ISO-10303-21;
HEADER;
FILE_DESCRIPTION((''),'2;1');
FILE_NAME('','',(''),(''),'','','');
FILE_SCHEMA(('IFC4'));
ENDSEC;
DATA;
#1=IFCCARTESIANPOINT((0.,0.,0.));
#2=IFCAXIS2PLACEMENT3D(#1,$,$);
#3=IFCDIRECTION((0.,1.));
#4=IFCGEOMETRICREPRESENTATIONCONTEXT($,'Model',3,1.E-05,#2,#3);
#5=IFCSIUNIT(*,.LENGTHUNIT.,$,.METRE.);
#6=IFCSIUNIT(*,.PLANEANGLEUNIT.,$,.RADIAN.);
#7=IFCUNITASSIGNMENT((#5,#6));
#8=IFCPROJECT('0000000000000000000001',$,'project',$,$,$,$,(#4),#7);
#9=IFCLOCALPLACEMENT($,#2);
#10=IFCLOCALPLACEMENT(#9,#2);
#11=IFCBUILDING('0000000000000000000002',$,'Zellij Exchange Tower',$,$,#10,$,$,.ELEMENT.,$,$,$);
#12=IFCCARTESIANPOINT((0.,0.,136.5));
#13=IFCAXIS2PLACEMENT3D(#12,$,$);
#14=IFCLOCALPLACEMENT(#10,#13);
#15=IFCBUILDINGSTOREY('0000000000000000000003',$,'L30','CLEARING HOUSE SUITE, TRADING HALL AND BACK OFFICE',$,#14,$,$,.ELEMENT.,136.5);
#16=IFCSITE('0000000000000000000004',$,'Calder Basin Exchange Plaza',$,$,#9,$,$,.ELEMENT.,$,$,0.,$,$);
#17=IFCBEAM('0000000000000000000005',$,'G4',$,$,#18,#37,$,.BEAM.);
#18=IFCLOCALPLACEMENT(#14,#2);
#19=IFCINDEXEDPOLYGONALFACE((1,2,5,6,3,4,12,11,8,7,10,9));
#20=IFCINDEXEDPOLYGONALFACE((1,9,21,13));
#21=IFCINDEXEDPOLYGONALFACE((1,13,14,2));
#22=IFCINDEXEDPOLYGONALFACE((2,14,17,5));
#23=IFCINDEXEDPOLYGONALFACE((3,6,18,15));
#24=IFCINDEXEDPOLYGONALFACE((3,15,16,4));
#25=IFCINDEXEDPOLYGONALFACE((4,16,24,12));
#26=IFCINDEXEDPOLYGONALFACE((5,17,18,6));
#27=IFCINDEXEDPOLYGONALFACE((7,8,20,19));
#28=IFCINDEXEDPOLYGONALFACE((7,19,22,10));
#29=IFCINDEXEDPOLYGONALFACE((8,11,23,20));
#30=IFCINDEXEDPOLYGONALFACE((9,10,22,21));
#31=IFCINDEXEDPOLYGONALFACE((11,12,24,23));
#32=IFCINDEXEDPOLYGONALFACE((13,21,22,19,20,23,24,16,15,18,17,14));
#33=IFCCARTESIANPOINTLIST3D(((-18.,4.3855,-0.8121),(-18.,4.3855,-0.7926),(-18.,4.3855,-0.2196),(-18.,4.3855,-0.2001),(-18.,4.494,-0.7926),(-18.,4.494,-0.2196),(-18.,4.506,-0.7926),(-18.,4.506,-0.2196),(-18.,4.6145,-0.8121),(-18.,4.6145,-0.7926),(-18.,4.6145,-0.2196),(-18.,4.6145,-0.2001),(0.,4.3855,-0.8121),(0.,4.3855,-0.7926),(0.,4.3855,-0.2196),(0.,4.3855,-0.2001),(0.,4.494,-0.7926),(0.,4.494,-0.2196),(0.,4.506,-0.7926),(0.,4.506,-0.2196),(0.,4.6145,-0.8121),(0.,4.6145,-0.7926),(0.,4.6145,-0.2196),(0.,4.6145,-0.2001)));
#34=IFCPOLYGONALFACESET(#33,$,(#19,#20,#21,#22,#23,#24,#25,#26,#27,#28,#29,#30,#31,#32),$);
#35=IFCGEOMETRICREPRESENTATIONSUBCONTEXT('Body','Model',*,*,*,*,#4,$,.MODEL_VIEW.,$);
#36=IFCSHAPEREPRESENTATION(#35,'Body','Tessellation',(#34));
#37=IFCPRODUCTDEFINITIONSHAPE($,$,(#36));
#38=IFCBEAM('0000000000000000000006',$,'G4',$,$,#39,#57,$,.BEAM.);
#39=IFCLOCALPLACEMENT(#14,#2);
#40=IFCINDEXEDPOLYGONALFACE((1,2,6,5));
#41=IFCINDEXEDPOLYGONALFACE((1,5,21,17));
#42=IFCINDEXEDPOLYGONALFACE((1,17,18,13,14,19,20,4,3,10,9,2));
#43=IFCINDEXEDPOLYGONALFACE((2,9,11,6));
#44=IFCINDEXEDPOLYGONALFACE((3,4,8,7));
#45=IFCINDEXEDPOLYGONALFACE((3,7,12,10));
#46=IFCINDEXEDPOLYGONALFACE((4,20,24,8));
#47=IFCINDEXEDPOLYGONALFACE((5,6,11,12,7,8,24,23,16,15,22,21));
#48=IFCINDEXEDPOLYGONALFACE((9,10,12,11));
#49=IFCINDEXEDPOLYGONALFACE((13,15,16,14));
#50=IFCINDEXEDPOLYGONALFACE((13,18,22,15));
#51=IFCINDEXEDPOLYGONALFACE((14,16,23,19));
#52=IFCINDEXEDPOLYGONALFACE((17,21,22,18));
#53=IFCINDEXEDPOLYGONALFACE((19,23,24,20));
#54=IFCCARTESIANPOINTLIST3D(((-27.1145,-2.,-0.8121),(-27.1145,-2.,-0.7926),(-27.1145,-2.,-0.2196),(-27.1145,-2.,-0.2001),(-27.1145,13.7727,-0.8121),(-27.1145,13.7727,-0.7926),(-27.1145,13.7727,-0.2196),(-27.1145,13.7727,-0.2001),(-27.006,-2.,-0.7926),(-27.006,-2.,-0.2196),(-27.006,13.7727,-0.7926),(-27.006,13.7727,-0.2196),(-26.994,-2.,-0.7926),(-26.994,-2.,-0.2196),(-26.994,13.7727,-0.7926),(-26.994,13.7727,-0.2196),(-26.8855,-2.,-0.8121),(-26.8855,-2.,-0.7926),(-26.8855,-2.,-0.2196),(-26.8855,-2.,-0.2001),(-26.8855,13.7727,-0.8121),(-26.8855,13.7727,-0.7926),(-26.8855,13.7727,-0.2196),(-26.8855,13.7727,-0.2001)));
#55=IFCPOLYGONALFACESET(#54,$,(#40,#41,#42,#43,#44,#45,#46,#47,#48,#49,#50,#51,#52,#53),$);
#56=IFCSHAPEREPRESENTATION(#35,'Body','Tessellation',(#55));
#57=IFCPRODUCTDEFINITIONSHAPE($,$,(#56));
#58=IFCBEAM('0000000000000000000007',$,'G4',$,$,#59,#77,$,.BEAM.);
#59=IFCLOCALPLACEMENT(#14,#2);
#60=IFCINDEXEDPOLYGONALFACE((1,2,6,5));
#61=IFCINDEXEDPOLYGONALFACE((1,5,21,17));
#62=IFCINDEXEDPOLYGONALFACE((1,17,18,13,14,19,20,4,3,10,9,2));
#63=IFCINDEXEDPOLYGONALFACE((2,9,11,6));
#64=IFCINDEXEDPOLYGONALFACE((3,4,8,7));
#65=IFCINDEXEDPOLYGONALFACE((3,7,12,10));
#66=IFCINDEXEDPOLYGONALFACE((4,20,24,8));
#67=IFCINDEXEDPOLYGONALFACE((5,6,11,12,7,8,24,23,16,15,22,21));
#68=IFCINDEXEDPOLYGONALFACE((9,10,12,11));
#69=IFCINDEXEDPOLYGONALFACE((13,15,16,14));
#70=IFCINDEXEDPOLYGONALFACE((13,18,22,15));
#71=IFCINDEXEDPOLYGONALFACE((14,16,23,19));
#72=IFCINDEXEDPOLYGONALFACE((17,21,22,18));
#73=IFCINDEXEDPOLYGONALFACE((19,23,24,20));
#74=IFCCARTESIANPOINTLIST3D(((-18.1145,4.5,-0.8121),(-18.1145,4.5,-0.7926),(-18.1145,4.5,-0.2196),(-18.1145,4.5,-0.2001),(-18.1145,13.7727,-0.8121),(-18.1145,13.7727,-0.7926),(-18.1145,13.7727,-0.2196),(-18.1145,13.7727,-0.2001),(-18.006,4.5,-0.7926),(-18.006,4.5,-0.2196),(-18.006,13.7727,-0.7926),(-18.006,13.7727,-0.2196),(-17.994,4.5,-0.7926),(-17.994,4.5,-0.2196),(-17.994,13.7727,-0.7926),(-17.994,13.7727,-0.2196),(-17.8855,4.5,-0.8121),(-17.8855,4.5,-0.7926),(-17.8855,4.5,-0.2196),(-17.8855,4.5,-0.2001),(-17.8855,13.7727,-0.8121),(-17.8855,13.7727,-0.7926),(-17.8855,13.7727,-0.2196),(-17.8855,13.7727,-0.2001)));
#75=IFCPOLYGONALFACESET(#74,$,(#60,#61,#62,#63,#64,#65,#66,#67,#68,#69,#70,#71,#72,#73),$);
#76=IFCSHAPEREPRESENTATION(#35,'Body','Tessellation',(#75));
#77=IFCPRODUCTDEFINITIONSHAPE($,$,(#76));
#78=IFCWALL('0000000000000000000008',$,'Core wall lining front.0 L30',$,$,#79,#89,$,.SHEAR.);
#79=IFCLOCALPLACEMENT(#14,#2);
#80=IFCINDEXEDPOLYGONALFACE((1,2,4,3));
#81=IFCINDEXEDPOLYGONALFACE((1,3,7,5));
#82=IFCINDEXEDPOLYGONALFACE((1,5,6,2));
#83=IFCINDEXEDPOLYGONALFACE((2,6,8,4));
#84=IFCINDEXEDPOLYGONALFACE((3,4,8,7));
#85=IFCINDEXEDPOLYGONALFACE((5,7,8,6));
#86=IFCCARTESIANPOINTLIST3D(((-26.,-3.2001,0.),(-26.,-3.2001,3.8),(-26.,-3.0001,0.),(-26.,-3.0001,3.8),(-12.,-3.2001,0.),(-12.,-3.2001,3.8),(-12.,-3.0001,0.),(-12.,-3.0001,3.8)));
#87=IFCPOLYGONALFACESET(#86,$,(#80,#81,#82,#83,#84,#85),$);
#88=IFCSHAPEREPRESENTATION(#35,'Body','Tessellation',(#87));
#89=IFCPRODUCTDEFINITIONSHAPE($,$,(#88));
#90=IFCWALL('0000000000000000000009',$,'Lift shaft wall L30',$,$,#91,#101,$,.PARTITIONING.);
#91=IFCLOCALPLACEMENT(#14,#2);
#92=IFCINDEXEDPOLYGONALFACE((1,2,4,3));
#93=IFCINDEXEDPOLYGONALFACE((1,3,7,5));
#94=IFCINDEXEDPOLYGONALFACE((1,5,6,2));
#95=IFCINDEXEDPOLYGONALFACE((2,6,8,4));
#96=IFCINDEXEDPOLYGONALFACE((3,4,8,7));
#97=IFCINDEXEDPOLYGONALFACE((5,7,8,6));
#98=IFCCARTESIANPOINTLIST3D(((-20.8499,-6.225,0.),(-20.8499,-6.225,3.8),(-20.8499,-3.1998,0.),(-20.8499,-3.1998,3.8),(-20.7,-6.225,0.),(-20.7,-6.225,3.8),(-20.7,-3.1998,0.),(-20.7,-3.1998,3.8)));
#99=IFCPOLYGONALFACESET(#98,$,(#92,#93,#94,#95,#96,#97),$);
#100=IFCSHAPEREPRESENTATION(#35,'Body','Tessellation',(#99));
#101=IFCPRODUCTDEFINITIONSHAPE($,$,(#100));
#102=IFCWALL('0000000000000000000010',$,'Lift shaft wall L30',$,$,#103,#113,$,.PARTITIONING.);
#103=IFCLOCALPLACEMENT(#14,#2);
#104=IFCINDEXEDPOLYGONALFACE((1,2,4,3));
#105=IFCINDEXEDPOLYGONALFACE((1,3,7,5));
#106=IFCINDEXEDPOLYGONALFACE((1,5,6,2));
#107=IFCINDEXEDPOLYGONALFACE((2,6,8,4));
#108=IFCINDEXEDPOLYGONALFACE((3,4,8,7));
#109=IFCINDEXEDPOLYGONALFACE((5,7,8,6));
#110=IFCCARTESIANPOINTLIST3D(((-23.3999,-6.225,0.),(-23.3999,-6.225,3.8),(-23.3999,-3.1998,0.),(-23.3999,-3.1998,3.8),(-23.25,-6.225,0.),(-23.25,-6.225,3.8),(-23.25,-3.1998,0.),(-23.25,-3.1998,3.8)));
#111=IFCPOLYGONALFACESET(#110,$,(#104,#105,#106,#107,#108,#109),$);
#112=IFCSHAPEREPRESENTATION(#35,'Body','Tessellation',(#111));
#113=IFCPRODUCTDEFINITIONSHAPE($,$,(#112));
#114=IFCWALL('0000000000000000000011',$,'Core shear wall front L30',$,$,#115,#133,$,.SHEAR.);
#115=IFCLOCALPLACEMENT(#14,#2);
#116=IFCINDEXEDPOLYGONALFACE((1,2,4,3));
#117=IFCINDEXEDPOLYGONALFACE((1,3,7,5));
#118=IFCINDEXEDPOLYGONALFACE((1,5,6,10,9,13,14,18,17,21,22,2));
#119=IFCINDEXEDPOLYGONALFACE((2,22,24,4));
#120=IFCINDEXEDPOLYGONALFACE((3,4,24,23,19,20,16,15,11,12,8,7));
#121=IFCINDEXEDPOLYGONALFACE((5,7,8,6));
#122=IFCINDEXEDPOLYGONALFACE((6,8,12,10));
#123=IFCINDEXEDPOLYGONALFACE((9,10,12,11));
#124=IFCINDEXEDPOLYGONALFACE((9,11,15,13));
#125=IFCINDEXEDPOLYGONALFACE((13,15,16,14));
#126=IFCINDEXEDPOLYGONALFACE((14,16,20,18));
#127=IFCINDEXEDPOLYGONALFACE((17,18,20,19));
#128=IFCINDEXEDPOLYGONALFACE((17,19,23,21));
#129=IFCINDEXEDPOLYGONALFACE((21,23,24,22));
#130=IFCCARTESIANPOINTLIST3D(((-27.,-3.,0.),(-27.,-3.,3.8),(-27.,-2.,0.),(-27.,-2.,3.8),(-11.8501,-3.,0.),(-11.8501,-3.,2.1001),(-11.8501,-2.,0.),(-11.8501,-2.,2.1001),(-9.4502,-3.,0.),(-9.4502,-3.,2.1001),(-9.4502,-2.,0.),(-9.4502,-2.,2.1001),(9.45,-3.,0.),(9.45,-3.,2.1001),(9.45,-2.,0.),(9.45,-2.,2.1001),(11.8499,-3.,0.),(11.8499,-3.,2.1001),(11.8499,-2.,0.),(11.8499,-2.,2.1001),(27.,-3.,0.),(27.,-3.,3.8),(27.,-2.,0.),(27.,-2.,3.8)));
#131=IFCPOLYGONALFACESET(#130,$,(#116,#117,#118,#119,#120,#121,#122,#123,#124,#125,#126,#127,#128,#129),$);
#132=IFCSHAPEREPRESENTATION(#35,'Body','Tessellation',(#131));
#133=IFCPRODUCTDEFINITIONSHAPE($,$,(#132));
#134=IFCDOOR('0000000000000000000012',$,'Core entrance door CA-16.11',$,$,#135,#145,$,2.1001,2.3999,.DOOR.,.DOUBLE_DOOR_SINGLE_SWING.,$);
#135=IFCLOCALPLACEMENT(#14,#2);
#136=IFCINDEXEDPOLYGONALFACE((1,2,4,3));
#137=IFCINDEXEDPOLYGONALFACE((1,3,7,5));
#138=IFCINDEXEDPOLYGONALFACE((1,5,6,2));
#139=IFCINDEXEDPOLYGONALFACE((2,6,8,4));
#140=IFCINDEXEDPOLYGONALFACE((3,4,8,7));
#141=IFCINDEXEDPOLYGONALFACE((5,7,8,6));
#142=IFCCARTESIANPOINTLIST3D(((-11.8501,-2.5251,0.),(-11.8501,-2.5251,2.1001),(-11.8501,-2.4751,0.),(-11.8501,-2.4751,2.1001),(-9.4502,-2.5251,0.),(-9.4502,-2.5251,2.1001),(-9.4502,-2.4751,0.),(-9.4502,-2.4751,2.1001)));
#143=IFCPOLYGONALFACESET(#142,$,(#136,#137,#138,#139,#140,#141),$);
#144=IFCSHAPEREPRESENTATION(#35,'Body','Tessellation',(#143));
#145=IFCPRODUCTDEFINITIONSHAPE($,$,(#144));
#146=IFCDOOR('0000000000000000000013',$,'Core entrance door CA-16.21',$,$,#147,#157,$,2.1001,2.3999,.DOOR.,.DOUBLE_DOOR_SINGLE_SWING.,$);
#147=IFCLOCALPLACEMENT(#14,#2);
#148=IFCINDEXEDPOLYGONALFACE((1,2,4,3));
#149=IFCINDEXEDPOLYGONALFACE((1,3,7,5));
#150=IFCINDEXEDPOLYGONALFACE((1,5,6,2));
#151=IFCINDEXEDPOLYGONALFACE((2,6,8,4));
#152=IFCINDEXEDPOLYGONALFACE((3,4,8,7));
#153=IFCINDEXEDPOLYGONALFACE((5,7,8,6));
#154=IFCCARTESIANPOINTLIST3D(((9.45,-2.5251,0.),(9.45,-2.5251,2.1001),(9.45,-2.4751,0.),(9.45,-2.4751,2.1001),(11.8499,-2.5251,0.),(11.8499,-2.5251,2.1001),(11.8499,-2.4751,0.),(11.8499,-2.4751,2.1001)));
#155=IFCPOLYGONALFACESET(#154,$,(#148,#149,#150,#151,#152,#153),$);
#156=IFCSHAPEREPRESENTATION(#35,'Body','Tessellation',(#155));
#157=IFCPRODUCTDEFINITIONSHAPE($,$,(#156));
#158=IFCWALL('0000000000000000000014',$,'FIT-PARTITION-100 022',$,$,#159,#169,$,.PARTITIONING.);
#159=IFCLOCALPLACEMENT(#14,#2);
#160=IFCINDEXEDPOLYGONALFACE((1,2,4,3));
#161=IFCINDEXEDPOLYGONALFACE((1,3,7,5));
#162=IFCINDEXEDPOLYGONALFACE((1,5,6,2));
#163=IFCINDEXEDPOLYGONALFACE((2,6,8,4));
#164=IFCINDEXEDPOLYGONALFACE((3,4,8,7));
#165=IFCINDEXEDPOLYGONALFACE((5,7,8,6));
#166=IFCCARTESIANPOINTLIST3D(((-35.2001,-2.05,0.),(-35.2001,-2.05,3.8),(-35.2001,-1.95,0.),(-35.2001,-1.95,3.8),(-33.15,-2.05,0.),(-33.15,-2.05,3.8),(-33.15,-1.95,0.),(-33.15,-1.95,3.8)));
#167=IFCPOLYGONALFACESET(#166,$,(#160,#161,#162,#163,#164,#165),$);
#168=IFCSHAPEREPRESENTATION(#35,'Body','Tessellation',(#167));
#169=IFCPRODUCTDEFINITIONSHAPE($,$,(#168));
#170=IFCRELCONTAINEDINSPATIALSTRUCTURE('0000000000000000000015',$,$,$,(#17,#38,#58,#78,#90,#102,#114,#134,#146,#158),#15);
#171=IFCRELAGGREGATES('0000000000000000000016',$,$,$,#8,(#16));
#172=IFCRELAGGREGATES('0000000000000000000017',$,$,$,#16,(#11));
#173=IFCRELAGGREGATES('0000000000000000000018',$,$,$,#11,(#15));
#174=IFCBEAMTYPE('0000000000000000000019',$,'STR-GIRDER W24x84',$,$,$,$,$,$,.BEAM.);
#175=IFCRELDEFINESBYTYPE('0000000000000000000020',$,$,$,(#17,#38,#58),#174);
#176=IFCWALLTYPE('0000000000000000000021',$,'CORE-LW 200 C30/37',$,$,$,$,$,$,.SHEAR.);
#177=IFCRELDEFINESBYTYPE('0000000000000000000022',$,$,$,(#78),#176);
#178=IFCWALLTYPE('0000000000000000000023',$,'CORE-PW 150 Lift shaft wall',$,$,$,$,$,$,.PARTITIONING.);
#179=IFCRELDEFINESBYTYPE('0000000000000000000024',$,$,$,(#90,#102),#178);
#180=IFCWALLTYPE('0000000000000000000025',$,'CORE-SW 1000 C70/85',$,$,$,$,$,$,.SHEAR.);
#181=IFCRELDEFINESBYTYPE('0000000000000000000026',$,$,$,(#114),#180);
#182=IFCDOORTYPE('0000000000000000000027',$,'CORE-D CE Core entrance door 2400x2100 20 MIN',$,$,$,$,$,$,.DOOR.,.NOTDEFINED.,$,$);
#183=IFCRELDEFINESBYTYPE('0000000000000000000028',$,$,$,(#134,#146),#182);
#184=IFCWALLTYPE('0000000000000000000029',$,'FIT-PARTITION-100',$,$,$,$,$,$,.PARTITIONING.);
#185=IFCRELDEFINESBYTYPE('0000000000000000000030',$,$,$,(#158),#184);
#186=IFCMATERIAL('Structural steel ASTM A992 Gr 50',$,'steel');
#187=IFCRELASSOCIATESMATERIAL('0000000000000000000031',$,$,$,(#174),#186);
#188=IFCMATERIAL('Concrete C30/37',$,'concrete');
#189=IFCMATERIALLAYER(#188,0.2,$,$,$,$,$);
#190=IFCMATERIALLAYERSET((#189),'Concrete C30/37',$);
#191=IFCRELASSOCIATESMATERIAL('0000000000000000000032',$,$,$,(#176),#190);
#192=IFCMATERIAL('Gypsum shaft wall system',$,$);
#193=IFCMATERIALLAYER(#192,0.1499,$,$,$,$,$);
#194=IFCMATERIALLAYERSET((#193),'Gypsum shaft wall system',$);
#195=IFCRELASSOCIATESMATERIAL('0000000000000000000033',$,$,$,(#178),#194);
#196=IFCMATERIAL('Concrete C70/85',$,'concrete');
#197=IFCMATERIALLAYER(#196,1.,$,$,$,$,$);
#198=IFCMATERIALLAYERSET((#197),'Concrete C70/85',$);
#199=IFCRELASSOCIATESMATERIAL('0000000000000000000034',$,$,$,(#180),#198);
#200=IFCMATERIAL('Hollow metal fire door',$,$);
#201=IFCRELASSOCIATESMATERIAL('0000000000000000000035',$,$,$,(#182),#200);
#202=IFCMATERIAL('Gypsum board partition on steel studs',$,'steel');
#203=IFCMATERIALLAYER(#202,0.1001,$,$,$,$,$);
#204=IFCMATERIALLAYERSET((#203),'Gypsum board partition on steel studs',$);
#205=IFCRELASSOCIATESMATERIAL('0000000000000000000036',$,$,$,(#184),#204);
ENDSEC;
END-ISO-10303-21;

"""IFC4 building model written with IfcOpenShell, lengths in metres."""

from ifc_helpers import new_model, si_unit, direction, frame, frame_2d, origin, origin_2d, place, context, subcontext, project, spatial, rectangle, i_section, extrude, material, layer, layer_set, material_profile, profile_set, type_object, element, fill, save


model = new_model("IFC4")

# Units and contexts
model_context = context("Model", 3, precision=1e-05, world=origin(), true_north=direction((0.0, 1.0)))
body_context = subcontext(model_context, "Body", "Model", "MODEL_VIEW")
ifc_project = project(units=[si_unit("LENGTHUNIT", "METRE"), si_unit("PLANEANGLEUNIT", "RADIAN")], contexts=[model_context])

# Site, building, storey
site_placement = place(None, origin())
site = spatial("IfcSite", under=ifc_project, at=site_placement, Name="Calder Basin Exchange Plaza", CompositionType="ELEMENT", RefElevation=0.0)
building_placement = place(site_placement, origin())
building = spatial("IfcBuilding", under=site, at=building_placement, Name="Zellij Exchange Tower", CompositionType="ELEMENT")
storey_placement = place(building_placement, frame((0.0, 0.0, 136.5)))
storey = spatial("IfcBuildingStorey", under=building, at=storey_placement, Name="L30", Description="CLEARING HOUSE SUITE, TRADING HALL AND BACK OFFICE", CompositionType="ELEMENT", Elevation=136.5)

# Shared definitions
ifc_material_1 = material(Name="Concrete C70/85", Category="concrete")

# Beams
ifc_material_2 = material(Name="Structural steel ASTM A992 Gr 50", Category="steel")
ifc_material_profile_1 = material_profile(ifc_material_2, i_section(OverallWidth=0.229, OverallDepth=0.6121, WebThickness=0.012, FlangeThickness=0.0195, at=origin_2d()), Name="W24x84")
ifc_profile_set_1 = profile_set([ifc_material_profile_1], Name="Structural steel ASTM A992 Gr 50")
beam_type_1 = type_object("IfcBeamType", Name="STR-GIRDER W24x84", PredefinedType="BEAM", material=ifc_profile_set_1)
beam_1_placement = place(storey_placement, frame((-18.0, 4.5, -0.5061), z_axis=(1.0, 0.0, 0.0), x_axis=(0.0, 1.0, 0.0)))
element("IfcBeam", 1, at=beam_1_placement, inside=storey, type_object=beam_type_1, Name="G4", PredefinedType="BEAM", context=body_context, shape_type="SweptSolid", body=[
    extrude(i_section(OverallWidth=0.229, OverallDepth=0.6121, WebThickness=0.012, FlangeThickness=0.0195, at=origin_2d()), origin(), (0.0, 0.0, 1.0), 18.0),
])
beam_2_placement = place(storey_placement, frame((-27.0, -2.0, -0.5061), z_axis=(0.0, 1.0, 0.0), x_axis=(-1.0, 0.0, 0.0)))
element("IfcBeam", 2, at=beam_2_placement, inside=storey, type_object=beam_type_1, Name="G4", PredefinedType="BEAM", context=body_context, shape_type="SweptSolid", body=[
    extrude(i_section(OverallWidth=0.229, OverallDepth=0.6121, WebThickness=0.012, FlangeThickness=0.0195, at=origin_2d()), origin(), (0.0, 0.0, 1.0), 15.7727),
])
beam_3_placement = place(storey_placement, frame((-18.0, 4.5, -0.5061), z_axis=(0.0, 1.0, 0.0), x_axis=(-1.0, 0.0, 0.0)))
element("IfcBeam", 3, at=beam_3_placement, inside=storey, type_object=beam_type_1, Name="G4", PredefinedType="BEAM", context=body_context, shape_type="SweptSolid", body=[
    extrude(i_section(OverallWidth=0.229, OverallDepth=0.6121, WebThickness=0.012, FlangeThickness=0.0195, at=origin_2d()), origin(), (0.0, 0.0, 1.0), 9.2727),
])

# Walls
ifc_material_3 = material(Name="Concrete C30/37", Category="concrete")
ifc_layer_1 = layer(ifc_material_3, 0.2)
ifc_layer_set_1 = layer_set([ifc_layer_1], Name="Concrete C30/37")
wall_type_1 = type_object("IfcWallType", Name="CORE-LW 200 C30/37", PredefinedType="SHEAR", material=ifc_layer_set_1)
wall_1_placement = place(storey_placement, frame((-26.0, -3.1001, 0.0), z_axis=(0.0, 0.0, 1.0), x_axis=(1.0, 0.0, 0.0)))
element("IfcWall", 4, at=wall_1_placement, inside=storey, type_object=wall_type_1, Name="Core wall lining front.0 L30", PredefinedType="SHEAR", context=body_context, shape_type="SweptSolid", body=[
    extrude(rectangle(XDim=14.0, YDim=0.2, at=frame_2d((7.0, 0.0))), origin(), (0.0, 0.0, 1.0), 3.8),
])
ifc_material_4 = material(Name="Gypsum shaft wall system")
ifc_layer_2 = layer(ifc_material_4, 0.1499)
ifc_layer_set_2 = layer_set([ifc_layer_2], Name="Gypsum shaft wall system")
wall_type_2 = type_object("IfcWallType", Name="CORE-PW 150 Lift shaft wall", PredefinedType="PARTITIONING", material=ifc_layer_set_2)
for number, where, z_axis, x_axis, name in (
    (5, (-20.7749, -6.2251, 0.0), (0.0, 0.0, 1.0), (0.0, 1.0, 0.0), "Lift shaft wall L30"),
    (6, (-23.325, -6.2251, 0.0), (0.0, 0.0, 1.0), (0.0, 1.0, 0.0), "Lift shaft wall L30"),
):
    element("IfcWall", number, at=place(storey_placement, frame(where, z_axis=z_axis, x_axis=x_axis)), inside=storey, type_object=wall_type_2, Name=name, PredefinedType="PARTITIONING", context=body_context, shape_type="SweptSolid", body=[
        extrude(rectangle(XDim=3.0251, YDim=0.1499, at=frame_2d((1.5127, 0.0))), origin(), (0.0, 0.0, 1.0), 3.8),
    ])

# Wall, openings, doors
ifc_layer_3 = layer(ifc_material_1, 1.0)
ifc_layer_set_3 = layer_set([ifc_layer_3], Name="Concrete C70/85")
wall_type_3 = type_object("IfcWallType", Name="CORE-SW 1000 C70/85", PredefinedType="SHEAR", material=ifc_layer_set_3)
wall_2_placement = place(storey_placement, frame((-27.0, -2.5, 0.0), z_axis=(0.0, 0.0, 1.0), x_axis=(1.0, 0.0, 0.0)))
wall_2 = element("IfcWall", 7, at=wall_2_placement, inside=storey, type_object=wall_type_3, Name="Core shear wall front L30", PredefinedType="SHEAR", context=body_context, shape_type="SweptSolid", body=[
    extrude(rectangle(XDim=54.0, YDim=1.0, at=frame_2d((27.0, 0.0))), origin(), (0.0, 0.0, 1.0), 3.8),
])
opening_1_placement = place(wall_2_placement, frame((15.1499, 0.0, 0.0)))
opening_1 = element("IfcOpeningElement", 8, at=opening_1_placement, cuts=wall_2, PredefinedType="OPENING", context=body_context, shape_type="SweptSolid", body=[
    extrude(rectangle(XDim=2.3999, YDim=2.1001, at=frame_2d((1.2, 1.05))), frame((0.0, 0.512, 0.0), z_axis=(0.0, -1.0, 0.0), x_axis=(1.0, 0.0, 0.0)), (0.0, 0.0, 1.0), 1.0239),
])
opening_2_placement = place(wall_2_placement, frame((36.45, 0.0, 0.0)))
opening_2 = element("IfcOpeningElement", 9, at=opening_2_placement, cuts=wall_2, PredefinedType="OPENING", context=body_context, shape_type="SweptSolid", body=[
    extrude(rectangle(XDim=2.3999, YDim=2.1001, at=frame_2d((1.2, 1.05))), frame((0.0, 0.512, 0.0), z_axis=(0.0, -1.0, 0.0), x_axis=(1.0, 0.0, 0.0)), (0.0, 0.0, 1.0), 1.0239),
])
ifc_material_5 = material(Name="Hollow metal fire door")
door_type_1 = type_object("IfcDoorType", Name="CORE-D CE Core entrance door 2400x2100 20 MIN", OperationType="NOTDEFINED", PredefinedType="DOOR", material=ifc_material_5)
door_1_placement = place(opening_1_placement, origin())
door_1 = element("IfcDoor", 10, at=door_1_placement, inside=storey, type_object=door_type_1, Name="Core entrance door CA-16.11", OperationType="DOUBLE_DOOR_SINGLE_SWING", OverallHeight=2.1001, OverallWidth=2.3999, PredefinedType="DOOR", context=body_context, shape_type="SweptSolid", body=[
    extrude(rectangle(XDim=2.3999, YDim=2.1001, at=frame_2d((1.2, 1.05))), frame((0.0, 0.0249, 0.0), z_axis=(0.0, -1.0, 0.0), x_axis=(1.0, 0.0, 0.0)), (0.0, 0.0, 1.0), 0.05),
])
fill(opening_1, door_1)
door_2_placement = place(opening_2_placement, origin())
door_2 = element("IfcDoor", 11, at=door_2_placement, inside=storey, type_object=door_type_1, Name="Core entrance door CA-16.21", OperationType="DOUBLE_DOOR_SINGLE_SWING", OverallHeight=2.1001, OverallWidth=2.3999, PredefinedType="DOOR", context=body_context, shape_type="SweptSolid", body=[
    extrude(rectangle(XDim=2.3999, YDim=2.1001, at=frame_2d((1.2, 1.05))), frame((0.0, 0.0249, 0.0), z_axis=(0.0, -1.0, 0.0), x_axis=(1.0, 0.0, 0.0)), (0.0, 0.0, 1.0), 0.05),
])
fill(opening_2, door_2)

# Wall
ifc_material_6 = material(Name="Gypsum board partition on steel studs", Category="steel")
ifc_layer_4 = layer(ifc_material_6, 0.1001)
ifc_layer_set_4 = layer_set([ifc_layer_4], Name="Gypsum board partition on steel studs")
wall_type_4 = type_object("IfcWallType", Name="FIT-PARTITION-100", PredefinedType="PARTITIONING", material=ifc_layer_set_4)
wall_3_placement = place(storey_placement, frame((-35.2, -2.0, 0.0), z_axis=(0.0, 0.0, 1.0), x_axis=(1.0, 0.0, 0.0)))
element("IfcWall", 12, at=wall_3_placement, inside=storey, type_object=wall_type_4, Name="FIT-PARTITION-100 022", PredefinedType="PARTITIONING", context=body_context, shape_type="SweptSolid", body=[
    extrude(rectangle(XDim=2.05, YDim=0.1001, at=frame_2d((1.0249, 0.0))), origin(), (0.0, 0.0, 1.0), 3.8),
])

save(model, "model.ifc")
